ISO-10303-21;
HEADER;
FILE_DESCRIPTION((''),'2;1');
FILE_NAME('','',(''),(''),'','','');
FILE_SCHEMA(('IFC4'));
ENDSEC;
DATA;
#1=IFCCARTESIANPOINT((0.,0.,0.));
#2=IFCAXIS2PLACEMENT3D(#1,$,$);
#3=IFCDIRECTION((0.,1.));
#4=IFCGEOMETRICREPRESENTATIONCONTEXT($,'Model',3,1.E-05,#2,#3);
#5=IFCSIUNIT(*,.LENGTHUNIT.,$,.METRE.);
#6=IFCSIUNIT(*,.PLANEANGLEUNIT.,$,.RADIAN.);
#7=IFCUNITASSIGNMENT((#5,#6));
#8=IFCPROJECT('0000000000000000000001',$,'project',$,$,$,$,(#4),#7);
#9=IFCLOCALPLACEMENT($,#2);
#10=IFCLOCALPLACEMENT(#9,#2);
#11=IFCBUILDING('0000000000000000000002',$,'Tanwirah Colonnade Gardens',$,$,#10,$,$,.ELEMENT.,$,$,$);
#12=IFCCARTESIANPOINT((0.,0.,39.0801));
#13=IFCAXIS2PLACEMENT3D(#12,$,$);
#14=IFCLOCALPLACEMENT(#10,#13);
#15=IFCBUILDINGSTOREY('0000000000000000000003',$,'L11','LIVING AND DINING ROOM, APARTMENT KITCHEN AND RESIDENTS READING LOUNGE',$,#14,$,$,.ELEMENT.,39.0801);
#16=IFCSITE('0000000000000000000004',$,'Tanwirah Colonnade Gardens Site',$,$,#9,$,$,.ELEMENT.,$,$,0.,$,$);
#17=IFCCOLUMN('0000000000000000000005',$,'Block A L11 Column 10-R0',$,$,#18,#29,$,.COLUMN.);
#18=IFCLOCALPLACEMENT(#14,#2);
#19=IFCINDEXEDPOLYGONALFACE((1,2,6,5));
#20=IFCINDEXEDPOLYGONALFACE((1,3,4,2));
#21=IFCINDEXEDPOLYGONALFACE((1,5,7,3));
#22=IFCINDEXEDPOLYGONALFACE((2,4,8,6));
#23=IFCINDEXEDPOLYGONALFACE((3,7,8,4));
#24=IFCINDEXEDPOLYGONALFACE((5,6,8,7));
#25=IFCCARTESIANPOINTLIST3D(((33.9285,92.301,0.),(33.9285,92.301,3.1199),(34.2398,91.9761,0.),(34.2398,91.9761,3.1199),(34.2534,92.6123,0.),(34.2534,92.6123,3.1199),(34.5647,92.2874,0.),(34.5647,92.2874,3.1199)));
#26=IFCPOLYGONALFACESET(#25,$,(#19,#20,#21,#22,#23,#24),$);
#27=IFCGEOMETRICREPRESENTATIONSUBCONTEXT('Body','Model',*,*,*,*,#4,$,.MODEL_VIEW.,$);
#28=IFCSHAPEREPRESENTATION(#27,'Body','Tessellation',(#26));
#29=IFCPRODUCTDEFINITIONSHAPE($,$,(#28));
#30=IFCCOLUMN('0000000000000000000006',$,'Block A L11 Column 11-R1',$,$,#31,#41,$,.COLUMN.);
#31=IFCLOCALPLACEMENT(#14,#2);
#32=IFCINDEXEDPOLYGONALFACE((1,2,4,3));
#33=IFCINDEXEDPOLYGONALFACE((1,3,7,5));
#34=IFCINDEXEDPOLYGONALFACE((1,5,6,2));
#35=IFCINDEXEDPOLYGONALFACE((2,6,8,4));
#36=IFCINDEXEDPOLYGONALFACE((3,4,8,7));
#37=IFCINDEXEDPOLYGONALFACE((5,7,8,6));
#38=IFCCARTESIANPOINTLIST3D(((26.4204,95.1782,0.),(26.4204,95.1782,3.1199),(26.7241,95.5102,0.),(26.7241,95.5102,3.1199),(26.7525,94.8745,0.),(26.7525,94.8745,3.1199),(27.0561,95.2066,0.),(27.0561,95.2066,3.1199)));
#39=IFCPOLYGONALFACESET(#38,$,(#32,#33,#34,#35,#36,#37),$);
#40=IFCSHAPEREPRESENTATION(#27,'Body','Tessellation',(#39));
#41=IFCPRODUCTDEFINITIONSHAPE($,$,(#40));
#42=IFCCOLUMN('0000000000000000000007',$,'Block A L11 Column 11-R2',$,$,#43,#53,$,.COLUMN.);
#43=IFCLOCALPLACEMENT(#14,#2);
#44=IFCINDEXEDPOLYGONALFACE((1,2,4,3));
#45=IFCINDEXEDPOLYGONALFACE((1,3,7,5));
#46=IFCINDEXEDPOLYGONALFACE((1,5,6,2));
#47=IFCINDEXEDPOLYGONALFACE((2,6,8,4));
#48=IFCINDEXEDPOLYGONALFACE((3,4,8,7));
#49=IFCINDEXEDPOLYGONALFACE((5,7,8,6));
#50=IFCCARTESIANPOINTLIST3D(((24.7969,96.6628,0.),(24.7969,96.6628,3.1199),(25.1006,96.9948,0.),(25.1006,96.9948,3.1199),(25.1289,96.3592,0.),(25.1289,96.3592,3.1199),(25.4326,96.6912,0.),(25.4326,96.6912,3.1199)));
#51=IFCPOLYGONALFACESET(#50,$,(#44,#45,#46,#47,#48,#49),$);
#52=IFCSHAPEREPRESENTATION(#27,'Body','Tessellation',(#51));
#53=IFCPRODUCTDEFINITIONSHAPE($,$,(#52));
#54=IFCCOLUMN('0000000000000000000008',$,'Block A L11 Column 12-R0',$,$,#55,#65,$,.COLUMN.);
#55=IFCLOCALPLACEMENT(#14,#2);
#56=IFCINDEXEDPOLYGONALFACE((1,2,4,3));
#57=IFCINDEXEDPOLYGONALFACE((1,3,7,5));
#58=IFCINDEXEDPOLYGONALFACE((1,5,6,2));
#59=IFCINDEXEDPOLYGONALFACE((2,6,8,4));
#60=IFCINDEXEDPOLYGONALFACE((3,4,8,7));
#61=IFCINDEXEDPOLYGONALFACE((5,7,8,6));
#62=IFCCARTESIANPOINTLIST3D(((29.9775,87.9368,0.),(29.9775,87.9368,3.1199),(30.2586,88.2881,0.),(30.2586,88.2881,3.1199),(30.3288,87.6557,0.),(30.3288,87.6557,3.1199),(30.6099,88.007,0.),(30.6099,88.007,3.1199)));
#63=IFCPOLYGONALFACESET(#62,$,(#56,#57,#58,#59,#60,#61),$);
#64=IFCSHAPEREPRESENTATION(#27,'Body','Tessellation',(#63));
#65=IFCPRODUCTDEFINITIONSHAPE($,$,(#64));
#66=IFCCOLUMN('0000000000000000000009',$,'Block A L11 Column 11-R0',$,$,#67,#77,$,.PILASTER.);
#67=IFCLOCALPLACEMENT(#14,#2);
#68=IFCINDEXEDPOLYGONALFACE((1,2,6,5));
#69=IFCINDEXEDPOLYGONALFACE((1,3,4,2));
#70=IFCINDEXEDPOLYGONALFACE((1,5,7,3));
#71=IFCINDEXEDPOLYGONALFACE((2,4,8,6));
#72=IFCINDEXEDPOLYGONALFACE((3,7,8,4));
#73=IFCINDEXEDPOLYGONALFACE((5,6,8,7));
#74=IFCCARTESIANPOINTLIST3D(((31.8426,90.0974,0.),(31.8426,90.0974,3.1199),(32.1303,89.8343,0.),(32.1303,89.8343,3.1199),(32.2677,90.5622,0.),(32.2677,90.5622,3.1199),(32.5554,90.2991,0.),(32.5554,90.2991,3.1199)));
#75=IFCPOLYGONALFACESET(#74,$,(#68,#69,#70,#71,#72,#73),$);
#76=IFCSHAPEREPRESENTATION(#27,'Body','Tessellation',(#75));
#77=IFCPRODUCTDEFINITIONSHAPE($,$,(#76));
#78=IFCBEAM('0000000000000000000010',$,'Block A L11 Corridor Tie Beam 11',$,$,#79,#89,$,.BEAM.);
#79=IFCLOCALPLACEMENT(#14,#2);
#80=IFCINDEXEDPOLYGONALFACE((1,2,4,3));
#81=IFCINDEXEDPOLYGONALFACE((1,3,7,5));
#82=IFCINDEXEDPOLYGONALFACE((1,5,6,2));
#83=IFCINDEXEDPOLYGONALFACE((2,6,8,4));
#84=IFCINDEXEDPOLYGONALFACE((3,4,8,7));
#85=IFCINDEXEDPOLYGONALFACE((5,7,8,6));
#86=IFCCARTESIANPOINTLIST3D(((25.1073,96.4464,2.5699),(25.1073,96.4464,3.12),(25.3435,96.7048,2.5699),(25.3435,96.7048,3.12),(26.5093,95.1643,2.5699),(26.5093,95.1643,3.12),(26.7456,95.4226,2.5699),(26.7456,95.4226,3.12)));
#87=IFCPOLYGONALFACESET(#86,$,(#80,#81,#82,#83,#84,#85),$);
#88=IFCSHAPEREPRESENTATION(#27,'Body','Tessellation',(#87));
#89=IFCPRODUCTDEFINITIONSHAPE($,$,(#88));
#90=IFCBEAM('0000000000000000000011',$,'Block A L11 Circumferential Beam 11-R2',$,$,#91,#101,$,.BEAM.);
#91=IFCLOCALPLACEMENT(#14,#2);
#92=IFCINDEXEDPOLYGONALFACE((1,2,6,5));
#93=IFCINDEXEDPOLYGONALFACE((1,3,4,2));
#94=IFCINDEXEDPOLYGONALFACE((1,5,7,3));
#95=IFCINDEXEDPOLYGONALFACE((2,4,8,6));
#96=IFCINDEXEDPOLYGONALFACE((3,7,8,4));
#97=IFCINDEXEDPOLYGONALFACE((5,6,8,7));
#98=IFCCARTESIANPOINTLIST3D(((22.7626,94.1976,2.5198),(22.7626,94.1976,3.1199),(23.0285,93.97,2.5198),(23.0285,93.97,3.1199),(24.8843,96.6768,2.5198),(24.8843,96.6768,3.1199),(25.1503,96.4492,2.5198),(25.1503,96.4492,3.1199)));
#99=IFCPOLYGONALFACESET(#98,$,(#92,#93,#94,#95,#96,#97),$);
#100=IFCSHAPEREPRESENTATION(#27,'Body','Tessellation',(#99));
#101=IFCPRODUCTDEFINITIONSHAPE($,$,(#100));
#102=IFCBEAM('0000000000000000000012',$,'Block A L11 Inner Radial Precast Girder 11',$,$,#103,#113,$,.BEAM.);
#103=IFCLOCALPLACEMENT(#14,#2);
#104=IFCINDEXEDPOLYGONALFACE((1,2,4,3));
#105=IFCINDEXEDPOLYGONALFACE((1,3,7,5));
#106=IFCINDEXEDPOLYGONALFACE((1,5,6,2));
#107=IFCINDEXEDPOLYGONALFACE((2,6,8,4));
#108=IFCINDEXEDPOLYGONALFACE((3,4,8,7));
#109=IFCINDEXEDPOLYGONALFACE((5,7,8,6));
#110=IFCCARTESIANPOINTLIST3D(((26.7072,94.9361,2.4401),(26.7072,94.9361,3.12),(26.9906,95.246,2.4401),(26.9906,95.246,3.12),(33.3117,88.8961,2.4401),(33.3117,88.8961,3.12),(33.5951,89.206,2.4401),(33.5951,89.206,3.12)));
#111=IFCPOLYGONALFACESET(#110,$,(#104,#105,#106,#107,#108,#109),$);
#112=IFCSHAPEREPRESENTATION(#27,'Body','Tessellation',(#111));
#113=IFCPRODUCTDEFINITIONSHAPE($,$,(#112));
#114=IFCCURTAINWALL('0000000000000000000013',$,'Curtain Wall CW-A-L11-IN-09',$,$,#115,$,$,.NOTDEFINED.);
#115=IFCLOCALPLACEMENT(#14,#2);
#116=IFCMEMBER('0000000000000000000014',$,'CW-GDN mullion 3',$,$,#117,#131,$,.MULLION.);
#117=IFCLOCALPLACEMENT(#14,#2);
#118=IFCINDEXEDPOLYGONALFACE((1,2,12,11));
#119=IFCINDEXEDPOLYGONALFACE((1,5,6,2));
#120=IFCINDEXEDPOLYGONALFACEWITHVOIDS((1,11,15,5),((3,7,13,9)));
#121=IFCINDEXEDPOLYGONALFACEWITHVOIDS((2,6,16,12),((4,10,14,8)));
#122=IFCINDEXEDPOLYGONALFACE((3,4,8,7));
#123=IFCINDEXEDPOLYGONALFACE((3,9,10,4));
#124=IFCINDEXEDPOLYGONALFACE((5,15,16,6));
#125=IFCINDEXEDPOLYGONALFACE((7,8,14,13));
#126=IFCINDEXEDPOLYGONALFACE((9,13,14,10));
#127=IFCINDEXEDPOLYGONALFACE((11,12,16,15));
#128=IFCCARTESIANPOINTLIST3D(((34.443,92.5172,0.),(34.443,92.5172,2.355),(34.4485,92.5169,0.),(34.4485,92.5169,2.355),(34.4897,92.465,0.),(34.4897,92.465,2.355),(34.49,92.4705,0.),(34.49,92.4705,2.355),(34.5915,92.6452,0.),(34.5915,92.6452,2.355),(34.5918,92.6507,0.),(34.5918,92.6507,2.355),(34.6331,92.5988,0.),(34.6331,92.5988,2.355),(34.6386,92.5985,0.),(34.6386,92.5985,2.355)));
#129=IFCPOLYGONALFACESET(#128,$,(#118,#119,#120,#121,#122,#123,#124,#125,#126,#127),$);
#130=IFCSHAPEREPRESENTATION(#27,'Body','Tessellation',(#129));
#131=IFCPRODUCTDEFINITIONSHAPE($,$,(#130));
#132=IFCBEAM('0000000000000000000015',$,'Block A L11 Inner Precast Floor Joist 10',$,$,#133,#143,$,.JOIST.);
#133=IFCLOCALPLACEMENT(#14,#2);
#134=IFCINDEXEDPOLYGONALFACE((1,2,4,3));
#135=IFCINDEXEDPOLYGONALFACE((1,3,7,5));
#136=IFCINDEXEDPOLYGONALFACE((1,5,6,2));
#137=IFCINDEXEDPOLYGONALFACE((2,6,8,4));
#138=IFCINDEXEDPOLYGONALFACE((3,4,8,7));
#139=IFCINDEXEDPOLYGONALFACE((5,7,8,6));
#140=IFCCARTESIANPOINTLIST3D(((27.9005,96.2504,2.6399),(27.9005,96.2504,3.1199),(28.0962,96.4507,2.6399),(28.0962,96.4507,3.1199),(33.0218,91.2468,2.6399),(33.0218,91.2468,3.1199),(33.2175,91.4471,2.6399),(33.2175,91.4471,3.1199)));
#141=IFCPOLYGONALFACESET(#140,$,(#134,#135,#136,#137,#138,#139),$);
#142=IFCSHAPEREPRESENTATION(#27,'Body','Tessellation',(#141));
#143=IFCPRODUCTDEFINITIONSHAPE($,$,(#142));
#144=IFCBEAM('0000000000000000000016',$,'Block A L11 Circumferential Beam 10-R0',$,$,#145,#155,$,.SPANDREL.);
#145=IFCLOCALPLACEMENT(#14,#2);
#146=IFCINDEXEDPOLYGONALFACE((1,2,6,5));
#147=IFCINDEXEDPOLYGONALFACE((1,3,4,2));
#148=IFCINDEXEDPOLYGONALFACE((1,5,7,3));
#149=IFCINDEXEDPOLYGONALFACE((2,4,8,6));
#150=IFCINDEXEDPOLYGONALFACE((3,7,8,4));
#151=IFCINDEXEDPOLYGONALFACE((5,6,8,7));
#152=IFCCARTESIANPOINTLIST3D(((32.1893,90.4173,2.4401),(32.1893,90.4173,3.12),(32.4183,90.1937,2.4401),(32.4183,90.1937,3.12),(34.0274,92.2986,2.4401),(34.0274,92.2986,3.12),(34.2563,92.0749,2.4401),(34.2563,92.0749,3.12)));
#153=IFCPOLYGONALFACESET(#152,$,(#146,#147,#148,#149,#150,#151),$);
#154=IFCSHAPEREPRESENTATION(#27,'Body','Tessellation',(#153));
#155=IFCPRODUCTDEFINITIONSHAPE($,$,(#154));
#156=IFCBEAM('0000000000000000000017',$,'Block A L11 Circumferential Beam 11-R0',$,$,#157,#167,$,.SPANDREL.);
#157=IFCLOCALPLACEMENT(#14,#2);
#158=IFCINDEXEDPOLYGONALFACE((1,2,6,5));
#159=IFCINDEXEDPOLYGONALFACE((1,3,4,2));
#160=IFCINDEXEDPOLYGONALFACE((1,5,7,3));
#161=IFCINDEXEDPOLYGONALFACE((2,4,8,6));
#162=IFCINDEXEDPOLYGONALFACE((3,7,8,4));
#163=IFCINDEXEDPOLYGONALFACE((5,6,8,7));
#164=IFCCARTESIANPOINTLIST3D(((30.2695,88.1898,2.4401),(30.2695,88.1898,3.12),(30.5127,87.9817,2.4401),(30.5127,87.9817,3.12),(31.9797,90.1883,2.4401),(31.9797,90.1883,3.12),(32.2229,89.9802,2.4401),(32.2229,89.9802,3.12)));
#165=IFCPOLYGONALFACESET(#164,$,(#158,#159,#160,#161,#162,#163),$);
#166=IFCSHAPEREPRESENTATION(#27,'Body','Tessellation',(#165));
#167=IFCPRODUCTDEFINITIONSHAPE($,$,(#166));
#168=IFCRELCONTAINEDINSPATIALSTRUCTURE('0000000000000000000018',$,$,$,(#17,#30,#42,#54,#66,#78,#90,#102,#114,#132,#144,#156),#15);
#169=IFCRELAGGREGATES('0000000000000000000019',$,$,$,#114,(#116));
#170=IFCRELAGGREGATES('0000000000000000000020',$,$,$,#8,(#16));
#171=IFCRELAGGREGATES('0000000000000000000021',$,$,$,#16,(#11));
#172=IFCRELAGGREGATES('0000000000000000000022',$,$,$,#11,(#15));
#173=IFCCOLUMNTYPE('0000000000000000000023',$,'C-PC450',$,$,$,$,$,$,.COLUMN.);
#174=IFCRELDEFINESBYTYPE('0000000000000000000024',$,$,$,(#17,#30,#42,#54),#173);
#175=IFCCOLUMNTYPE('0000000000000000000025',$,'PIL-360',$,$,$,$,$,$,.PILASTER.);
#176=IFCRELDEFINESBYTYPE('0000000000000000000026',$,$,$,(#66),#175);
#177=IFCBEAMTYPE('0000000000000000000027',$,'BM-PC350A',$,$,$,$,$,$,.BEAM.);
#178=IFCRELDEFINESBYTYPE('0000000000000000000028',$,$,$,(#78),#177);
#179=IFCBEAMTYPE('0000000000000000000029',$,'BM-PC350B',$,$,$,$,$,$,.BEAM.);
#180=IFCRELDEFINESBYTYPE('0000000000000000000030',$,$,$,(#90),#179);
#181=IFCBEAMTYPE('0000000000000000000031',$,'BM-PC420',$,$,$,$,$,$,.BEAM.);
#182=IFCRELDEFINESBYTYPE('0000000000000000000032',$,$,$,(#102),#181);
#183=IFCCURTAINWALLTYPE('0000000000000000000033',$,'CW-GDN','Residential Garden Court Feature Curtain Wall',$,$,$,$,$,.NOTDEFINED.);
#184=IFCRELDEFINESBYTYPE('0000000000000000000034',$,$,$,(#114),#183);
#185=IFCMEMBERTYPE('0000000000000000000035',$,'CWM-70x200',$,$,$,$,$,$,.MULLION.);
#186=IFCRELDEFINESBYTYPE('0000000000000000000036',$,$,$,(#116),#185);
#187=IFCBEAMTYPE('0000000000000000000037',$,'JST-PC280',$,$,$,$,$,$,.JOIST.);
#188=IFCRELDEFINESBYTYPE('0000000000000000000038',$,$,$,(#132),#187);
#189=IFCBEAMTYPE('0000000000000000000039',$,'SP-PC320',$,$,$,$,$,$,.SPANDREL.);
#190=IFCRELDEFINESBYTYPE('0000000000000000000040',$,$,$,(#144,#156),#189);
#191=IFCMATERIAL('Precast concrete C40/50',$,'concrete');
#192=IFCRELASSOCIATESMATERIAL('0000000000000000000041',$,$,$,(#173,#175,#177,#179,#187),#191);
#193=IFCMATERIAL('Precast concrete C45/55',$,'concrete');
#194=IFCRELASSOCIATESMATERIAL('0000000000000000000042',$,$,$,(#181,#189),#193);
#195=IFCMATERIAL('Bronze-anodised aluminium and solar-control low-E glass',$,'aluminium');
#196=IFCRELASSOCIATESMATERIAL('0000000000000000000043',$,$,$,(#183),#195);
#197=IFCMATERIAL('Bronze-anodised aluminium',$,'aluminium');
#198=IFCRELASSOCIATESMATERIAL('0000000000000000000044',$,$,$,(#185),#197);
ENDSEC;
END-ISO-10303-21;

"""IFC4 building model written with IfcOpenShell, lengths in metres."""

from ifc_helpers import new_model, si_unit, direction, frame, origin, origin_2d, place, context, subcontext, project, spatial, rectangle, hollow_rectangle, extrude, material, material_profile, profile_set, type_object, element, aggregate, save


model = new_model("IFC4")

# Units and contexts
model_context = context("Model", 3, precision=1e-05, world=origin(), true_north=direction((0.0, 1.0)))
body_context = subcontext(model_context, "Body", "Model", "MODEL_VIEW")
ifc_project = project(units=[si_unit("LENGTHUNIT", "METRE"), si_unit("PLANEANGLEUNIT", "RADIAN")], contexts=[model_context])

# Site, building, storey
site_placement = place(None, origin())
site = spatial("IfcSite", under=ifc_project, at=site_placement, Name="Tanwirah Colonnade Gardens Site", CompositionType="ELEMENT", RefElevation=0.0)
building_placement = place(site_placement, origin())
building = spatial("IfcBuilding", under=site, at=building_placement, Name="Tanwirah Colonnade Gardens", CompositionType="ELEMENT")
storey_placement = place(building_placement, frame((0.0, 0.0, 39.0801)))
storey = spatial("IfcBuildingStorey", under=building, at=storey_placement, Name="L11", Description="LIVING AND DINING ROOM, APARTMENT KITCHEN AND RESIDENTS READING LOUNGE", CompositionType="ELEMENT", Elevation=39.0801)

# Columns
ifc_material_1 = material(Name="Precast concrete C40/50", Category="concrete")
ifc_material_profile_1 = material_profile(ifc_material_1, rectangle(XDim=0.45, YDim=0.45, at=origin_2d()), Name="PC-COL 450x450")
ifc_profile_set_1 = profile_set([ifc_material_profile_1], Name="Precast concrete C40/50")
column_type_1 = type_object("IfcColumnType", Name="C-PC450", PredefinedType="COLUMN", material=ifc_profile_set_1)
for number, where, z_axis, x_axis, name in (
    (1, (34.2466, 92.2942, 0.0), (0.0, 0.0, 1.0), (-0.691863, 0.722029, 0.0), "Block A L11 Column 10-R0"),
    (2, (26.7383, 95.1924, 0.0), (0.0, 0.0, 1.0), (-0.737932, 0.674875, 0.0), "Block A L11 Column 11-R1"),
    (3, (25.1147, 96.677, 0.0), (0.0, 0.0, 1.0), (-0.737932, 0.674875, 0.0), "Block A L11 Column 11-R2"),
    (4, (30.2937, 87.9719, 0.0), (0.0, 0.0, 1.0), (-0.780794, 0.624788, 0.0), "Block A L11 Column 12-R0"),
):
    element("IfcColumn", number, at=place(storey_placement, frame(where, z_axis=z_axis, x_axis=x_axis)), inside=storey, type_object=column_type_1, Name=name, PredefinedType="COLUMN", context=body_context, shape_type="SweptSolid", body=[
        extrude(rectangle(XDim=0.45, YDim=0.45, at=origin_2d()), origin(), (0.0, 0.0, 1.0), 3.1199),
    ])
ifc_material_profile_2 = material_profile(ifc_material_1, rectangle(XDim=0.3899, YDim=0.6299, at=origin_2d()), Name="PC-PIL 390x630")
ifc_profile_set_2 = profile_set([ifc_material_profile_2], Name="Precast concrete C40/50")
column_type_2 = type_object("IfcColumnType", Name="PIL-360", PredefinedType="PILASTER", material=ifc_profile_set_2)
column_placement = place(storey_placement, frame((32.199, 90.1982, 0.0), z_axis=(0.0, 0.0, 1.0), x_axis=(-0.737932, 0.674875, 0.0)))
element("IfcColumn", 5, at=column_placement, inside=storey, type_object=column_type_2, Name="Block A L11 Column 11-R0", PredefinedType="PILASTER", context=body_context, shape_type="SweptSolid", body=[
    extrude(rectangle(XDim=0.3899, YDim=0.6299, at=origin_2d()), origin(), (0.0, 0.0, 1.0), 3.1199),
])

# Beams
ifc_material_profile_3 = material_profile(ifc_material_1, rectangle(XDim=0.3501, YDim=0.55, at=origin_2d()), Name="PC-BM 350x550")
ifc_profile_set_3 = profile_set([ifc_material_profile_3], Name="Precast concrete C40/50")
beam_type_1 = type_object("IfcBeamType", Name="BM-PC350A", PredefinedType="BEAM", material=ifc_profile_set_3)
beam_1_placement = place(storey_placement, frame((26.6274, 95.2935, 2.845), z_axis=(-0.737948, 0.674857, 0.0), x_axis=(-0.674857, -0.737948, 0.0)))
element("IfcBeam", 6, at=beam_1_placement, inside=storey, type_object=beam_type_1, Name="Block A L11 Corridor Tie Beam 11", PredefinedType="BEAM", context=body_context, shape_type="SweptSolid", body=[
    extrude(rectangle(XDim=0.3501, YDim=0.55, at=origin_2d()), origin(), (0.0, 0.0, 1.0), 1.8999),
])
ifc_material_profile_4 = material_profile(ifc_material_1, rectangle(XDim=0.3501, YDim=0.6001, at=origin_2d()), Name="PC-BM 350x600")
ifc_profile_set_4 = profile_set([ifc_material_profile_4], Name="Precast concrete C40/50")
beam_type_2 = type_object("IfcBeamType", Name="BM-PC350B", PredefinedType="BEAM", material=ifc_profile_set_4)
beam_2_placement = place(storey_placement, frame((25.0173, 96.563, 2.8198), z_axis=(-0.650218, -0.759748, 0.0), x_axis=(0.759748, -0.650218, 0.0)))
element("IfcBeam", 7, at=beam_2_placement, inside=storey, type_object=beam_type_2, Name="Block A L11 Circumferential Beam 11-R2", PredefinedType="BEAM", context=body_context, shape_type="SweptSolid", body=[
    extrude(rectangle(XDim=0.3501, YDim=0.6001, at=origin_2d()), origin(), (0.0, 0.0, 1.0), 3.2632),
])
ifc_material_2 = material(Name="Precast concrete C45/55", Category="concrete")
ifc_material_profile_5 = material_profile(ifc_material_2, rectangle(XDim=0.4199, YDim=0.6799, at=origin_2d()), Name="PC-BM 420x680")
ifc_profile_set_5 = profile_set([ifc_material_profile_5], Name="Precast concrete C45/55")
beam_type_3 = type_object("IfcBeamType", Name="BM-PC420", PredefinedType="BEAM", material=ifc_profile_set_5)
beam_3_placement = place(storey_placement, frame((26.8489, 95.0911, 2.78), z_axis=(0.737937, -0.674869, 0.0), x_axis=(0.674869, 0.737937, 0.0)))
element("IfcBeam", 8, at=beam_3_placement, inside=storey, type_object=beam_type_3, Name="Block A L11 Inner Radial Precast Girder 11", PredefinedType="BEAM", context=body_context, shape_type="SweptSolid", body=[
    extrude(rectangle(XDim=0.4199, YDim=0.6799, at=origin_2d()), origin(), (0.0, 0.0, 1.0), 8.95),
])

# Curtain wall, member
ifc_material_3 = material(Name="Bronze-anodised aluminium and solar-control low-E glass", Category="aluminium")
curtain_wall_type = type_object("IfcCurtainWallType", Name="CW-GDN", Description="Residential Garden Court Feature Curtain Wall", PredefinedType="NOTDEFINED", material=ifc_material_3)
curtain_wall_placement = place(storey_placement, origin())
curtain_wall = element("IfcCurtainWall", 9, at=curtain_wall_placement, inside=storey, type_object=curtain_wall_type, Name="Curtain Wall CW-A-L11-IN-09", PredefinedType="NOTDEFINED")
ifc_material_4 = material(Name="Bronze-anodised aluminium", Category="aluminium")
ifc_material_profile_6 = material_profile(ifc_material_4, hollow_rectangle(XDim=0.0701, YDim=0.2, WallThickness=0.0039, at=origin_2d()), Name="CW-MUL 70x200x4")
ifc_profile_set_6 = profile_set([ifc_material_profile_6], Name="Bronze-anodised aluminium")
member_type = type_object("IfcMemberType", Name="CWM-70x200", PredefinedType="MULLION", material=ifc_profile_set_6)
member_placement = place(storey_placement, frame((34.5408, 92.5579, 0.0), z_axis=(0.0, 0.0, 1.0), x_axis=(0.667689, -0.74444, 0.0)))
member = element("IfcMember", 10, at=member_placement, type_object=member_type, Name="CW-GDN mullion 3", PredefinedType="MULLION", context=body_context, shape_type="SweptSolid", body=[
    extrude(hollow_rectangle(XDim=0.0701, YDim=0.2, WallThickness=0.0039, at=origin_2d()), origin(), (0.0, 0.0, 1.0), 2.355),
])
aggregate(curtain_wall, [member])

# Beams
ifc_material_profile_7 = material_profile(ifc_material_1, rectangle(XDim=0.28, YDim=0.48, at=origin_2d()), Name="PC-JST 280x480")
ifc_profile_set_7 = profile_set([ifc_material_profile_7], Name="Precast concrete C40/50")
beam_type_4 = type_object("IfcBeamType", Name="JST-PC280", PredefinedType="JOIST", material=ifc_profile_set_7)
beam_4_placement = place(storey_placement, frame((33.1196, 91.3469, 2.8799), z_axis=(-0.715277, 0.698841, 0.0), x_axis=(-0.698841, -0.715277, 0.0)))
element("IfcBeam", 11, at=beam_4_placement, inside=storey, type_object=beam_type_4, Name="Block A L11 Inner Precast Floor Joist 10", PredefinedType="JOIST", context=body_context, shape_type="SweptSolid", body=[
    extrude(rectangle(XDim=0.28, YDim=0.48, at=origin_2d()), origin(), (0.0, 0.0, 1.0), 7.1599),
])
ifc_material_profile_8 = material_profile(ifc_material_2, rectangle(XDim=0.3201, YDim=0.6799, at=origin_2d()), Name="PC-SP 320x680")
ifc_profile_set_8 = profile_set([ifc_material_profile_8], Name="Precast concrete C45/55")
beam_type_5 = type_object("IfcBeamType", Name="SP-PC320", PredefinedType="SPANDREL", material=ifc_profile_set_8)
beam_5_placement = place(storey_placement, frame((34.1418, 92.1868, 2.78), z_axis=(-0.698844, -0.715274, 0.0), x_axis=(0.715274, -0.698844, 0.0)))
element("IfcBeam", 12, at=beam_5_placement, inside=storey, type_object=beam_type_5, Name="Block A L11 Circumferential Beam 10-R0", PredefinedType="SPANDREL", context=body_context, shape_type="SweptSolid", body=[
    extrude(rectangle(XDim=0.3201, YDim=0.6799, at=origin_2d()), origin(), (0.0, 0.0, 1.0), 2.6301),
])
beam_6_placement = place(storey_placement, frame((32.1013, 90.0842, 2.78), z_axis=(-0.650172, -0.759787, 0.0), x_axis=(0.759787, -0.650172, 0.0)))
element("IfcBeam", 13, at=beam_6_placement, inside=storey, type_object=beam_type_5, Name="Block A L11 Circumferential Beam 11-R0", PredefinedType="SPANDREL", context=body_context, shape_type="SweptSolid", body=[
    extrude(rectangle(XDim=0.3201, YDim=0.6799, at=origin_2d()), origin(), (0.0, 0.0, 1.0), 2.6304),
])

save(model, "model.ifc")
